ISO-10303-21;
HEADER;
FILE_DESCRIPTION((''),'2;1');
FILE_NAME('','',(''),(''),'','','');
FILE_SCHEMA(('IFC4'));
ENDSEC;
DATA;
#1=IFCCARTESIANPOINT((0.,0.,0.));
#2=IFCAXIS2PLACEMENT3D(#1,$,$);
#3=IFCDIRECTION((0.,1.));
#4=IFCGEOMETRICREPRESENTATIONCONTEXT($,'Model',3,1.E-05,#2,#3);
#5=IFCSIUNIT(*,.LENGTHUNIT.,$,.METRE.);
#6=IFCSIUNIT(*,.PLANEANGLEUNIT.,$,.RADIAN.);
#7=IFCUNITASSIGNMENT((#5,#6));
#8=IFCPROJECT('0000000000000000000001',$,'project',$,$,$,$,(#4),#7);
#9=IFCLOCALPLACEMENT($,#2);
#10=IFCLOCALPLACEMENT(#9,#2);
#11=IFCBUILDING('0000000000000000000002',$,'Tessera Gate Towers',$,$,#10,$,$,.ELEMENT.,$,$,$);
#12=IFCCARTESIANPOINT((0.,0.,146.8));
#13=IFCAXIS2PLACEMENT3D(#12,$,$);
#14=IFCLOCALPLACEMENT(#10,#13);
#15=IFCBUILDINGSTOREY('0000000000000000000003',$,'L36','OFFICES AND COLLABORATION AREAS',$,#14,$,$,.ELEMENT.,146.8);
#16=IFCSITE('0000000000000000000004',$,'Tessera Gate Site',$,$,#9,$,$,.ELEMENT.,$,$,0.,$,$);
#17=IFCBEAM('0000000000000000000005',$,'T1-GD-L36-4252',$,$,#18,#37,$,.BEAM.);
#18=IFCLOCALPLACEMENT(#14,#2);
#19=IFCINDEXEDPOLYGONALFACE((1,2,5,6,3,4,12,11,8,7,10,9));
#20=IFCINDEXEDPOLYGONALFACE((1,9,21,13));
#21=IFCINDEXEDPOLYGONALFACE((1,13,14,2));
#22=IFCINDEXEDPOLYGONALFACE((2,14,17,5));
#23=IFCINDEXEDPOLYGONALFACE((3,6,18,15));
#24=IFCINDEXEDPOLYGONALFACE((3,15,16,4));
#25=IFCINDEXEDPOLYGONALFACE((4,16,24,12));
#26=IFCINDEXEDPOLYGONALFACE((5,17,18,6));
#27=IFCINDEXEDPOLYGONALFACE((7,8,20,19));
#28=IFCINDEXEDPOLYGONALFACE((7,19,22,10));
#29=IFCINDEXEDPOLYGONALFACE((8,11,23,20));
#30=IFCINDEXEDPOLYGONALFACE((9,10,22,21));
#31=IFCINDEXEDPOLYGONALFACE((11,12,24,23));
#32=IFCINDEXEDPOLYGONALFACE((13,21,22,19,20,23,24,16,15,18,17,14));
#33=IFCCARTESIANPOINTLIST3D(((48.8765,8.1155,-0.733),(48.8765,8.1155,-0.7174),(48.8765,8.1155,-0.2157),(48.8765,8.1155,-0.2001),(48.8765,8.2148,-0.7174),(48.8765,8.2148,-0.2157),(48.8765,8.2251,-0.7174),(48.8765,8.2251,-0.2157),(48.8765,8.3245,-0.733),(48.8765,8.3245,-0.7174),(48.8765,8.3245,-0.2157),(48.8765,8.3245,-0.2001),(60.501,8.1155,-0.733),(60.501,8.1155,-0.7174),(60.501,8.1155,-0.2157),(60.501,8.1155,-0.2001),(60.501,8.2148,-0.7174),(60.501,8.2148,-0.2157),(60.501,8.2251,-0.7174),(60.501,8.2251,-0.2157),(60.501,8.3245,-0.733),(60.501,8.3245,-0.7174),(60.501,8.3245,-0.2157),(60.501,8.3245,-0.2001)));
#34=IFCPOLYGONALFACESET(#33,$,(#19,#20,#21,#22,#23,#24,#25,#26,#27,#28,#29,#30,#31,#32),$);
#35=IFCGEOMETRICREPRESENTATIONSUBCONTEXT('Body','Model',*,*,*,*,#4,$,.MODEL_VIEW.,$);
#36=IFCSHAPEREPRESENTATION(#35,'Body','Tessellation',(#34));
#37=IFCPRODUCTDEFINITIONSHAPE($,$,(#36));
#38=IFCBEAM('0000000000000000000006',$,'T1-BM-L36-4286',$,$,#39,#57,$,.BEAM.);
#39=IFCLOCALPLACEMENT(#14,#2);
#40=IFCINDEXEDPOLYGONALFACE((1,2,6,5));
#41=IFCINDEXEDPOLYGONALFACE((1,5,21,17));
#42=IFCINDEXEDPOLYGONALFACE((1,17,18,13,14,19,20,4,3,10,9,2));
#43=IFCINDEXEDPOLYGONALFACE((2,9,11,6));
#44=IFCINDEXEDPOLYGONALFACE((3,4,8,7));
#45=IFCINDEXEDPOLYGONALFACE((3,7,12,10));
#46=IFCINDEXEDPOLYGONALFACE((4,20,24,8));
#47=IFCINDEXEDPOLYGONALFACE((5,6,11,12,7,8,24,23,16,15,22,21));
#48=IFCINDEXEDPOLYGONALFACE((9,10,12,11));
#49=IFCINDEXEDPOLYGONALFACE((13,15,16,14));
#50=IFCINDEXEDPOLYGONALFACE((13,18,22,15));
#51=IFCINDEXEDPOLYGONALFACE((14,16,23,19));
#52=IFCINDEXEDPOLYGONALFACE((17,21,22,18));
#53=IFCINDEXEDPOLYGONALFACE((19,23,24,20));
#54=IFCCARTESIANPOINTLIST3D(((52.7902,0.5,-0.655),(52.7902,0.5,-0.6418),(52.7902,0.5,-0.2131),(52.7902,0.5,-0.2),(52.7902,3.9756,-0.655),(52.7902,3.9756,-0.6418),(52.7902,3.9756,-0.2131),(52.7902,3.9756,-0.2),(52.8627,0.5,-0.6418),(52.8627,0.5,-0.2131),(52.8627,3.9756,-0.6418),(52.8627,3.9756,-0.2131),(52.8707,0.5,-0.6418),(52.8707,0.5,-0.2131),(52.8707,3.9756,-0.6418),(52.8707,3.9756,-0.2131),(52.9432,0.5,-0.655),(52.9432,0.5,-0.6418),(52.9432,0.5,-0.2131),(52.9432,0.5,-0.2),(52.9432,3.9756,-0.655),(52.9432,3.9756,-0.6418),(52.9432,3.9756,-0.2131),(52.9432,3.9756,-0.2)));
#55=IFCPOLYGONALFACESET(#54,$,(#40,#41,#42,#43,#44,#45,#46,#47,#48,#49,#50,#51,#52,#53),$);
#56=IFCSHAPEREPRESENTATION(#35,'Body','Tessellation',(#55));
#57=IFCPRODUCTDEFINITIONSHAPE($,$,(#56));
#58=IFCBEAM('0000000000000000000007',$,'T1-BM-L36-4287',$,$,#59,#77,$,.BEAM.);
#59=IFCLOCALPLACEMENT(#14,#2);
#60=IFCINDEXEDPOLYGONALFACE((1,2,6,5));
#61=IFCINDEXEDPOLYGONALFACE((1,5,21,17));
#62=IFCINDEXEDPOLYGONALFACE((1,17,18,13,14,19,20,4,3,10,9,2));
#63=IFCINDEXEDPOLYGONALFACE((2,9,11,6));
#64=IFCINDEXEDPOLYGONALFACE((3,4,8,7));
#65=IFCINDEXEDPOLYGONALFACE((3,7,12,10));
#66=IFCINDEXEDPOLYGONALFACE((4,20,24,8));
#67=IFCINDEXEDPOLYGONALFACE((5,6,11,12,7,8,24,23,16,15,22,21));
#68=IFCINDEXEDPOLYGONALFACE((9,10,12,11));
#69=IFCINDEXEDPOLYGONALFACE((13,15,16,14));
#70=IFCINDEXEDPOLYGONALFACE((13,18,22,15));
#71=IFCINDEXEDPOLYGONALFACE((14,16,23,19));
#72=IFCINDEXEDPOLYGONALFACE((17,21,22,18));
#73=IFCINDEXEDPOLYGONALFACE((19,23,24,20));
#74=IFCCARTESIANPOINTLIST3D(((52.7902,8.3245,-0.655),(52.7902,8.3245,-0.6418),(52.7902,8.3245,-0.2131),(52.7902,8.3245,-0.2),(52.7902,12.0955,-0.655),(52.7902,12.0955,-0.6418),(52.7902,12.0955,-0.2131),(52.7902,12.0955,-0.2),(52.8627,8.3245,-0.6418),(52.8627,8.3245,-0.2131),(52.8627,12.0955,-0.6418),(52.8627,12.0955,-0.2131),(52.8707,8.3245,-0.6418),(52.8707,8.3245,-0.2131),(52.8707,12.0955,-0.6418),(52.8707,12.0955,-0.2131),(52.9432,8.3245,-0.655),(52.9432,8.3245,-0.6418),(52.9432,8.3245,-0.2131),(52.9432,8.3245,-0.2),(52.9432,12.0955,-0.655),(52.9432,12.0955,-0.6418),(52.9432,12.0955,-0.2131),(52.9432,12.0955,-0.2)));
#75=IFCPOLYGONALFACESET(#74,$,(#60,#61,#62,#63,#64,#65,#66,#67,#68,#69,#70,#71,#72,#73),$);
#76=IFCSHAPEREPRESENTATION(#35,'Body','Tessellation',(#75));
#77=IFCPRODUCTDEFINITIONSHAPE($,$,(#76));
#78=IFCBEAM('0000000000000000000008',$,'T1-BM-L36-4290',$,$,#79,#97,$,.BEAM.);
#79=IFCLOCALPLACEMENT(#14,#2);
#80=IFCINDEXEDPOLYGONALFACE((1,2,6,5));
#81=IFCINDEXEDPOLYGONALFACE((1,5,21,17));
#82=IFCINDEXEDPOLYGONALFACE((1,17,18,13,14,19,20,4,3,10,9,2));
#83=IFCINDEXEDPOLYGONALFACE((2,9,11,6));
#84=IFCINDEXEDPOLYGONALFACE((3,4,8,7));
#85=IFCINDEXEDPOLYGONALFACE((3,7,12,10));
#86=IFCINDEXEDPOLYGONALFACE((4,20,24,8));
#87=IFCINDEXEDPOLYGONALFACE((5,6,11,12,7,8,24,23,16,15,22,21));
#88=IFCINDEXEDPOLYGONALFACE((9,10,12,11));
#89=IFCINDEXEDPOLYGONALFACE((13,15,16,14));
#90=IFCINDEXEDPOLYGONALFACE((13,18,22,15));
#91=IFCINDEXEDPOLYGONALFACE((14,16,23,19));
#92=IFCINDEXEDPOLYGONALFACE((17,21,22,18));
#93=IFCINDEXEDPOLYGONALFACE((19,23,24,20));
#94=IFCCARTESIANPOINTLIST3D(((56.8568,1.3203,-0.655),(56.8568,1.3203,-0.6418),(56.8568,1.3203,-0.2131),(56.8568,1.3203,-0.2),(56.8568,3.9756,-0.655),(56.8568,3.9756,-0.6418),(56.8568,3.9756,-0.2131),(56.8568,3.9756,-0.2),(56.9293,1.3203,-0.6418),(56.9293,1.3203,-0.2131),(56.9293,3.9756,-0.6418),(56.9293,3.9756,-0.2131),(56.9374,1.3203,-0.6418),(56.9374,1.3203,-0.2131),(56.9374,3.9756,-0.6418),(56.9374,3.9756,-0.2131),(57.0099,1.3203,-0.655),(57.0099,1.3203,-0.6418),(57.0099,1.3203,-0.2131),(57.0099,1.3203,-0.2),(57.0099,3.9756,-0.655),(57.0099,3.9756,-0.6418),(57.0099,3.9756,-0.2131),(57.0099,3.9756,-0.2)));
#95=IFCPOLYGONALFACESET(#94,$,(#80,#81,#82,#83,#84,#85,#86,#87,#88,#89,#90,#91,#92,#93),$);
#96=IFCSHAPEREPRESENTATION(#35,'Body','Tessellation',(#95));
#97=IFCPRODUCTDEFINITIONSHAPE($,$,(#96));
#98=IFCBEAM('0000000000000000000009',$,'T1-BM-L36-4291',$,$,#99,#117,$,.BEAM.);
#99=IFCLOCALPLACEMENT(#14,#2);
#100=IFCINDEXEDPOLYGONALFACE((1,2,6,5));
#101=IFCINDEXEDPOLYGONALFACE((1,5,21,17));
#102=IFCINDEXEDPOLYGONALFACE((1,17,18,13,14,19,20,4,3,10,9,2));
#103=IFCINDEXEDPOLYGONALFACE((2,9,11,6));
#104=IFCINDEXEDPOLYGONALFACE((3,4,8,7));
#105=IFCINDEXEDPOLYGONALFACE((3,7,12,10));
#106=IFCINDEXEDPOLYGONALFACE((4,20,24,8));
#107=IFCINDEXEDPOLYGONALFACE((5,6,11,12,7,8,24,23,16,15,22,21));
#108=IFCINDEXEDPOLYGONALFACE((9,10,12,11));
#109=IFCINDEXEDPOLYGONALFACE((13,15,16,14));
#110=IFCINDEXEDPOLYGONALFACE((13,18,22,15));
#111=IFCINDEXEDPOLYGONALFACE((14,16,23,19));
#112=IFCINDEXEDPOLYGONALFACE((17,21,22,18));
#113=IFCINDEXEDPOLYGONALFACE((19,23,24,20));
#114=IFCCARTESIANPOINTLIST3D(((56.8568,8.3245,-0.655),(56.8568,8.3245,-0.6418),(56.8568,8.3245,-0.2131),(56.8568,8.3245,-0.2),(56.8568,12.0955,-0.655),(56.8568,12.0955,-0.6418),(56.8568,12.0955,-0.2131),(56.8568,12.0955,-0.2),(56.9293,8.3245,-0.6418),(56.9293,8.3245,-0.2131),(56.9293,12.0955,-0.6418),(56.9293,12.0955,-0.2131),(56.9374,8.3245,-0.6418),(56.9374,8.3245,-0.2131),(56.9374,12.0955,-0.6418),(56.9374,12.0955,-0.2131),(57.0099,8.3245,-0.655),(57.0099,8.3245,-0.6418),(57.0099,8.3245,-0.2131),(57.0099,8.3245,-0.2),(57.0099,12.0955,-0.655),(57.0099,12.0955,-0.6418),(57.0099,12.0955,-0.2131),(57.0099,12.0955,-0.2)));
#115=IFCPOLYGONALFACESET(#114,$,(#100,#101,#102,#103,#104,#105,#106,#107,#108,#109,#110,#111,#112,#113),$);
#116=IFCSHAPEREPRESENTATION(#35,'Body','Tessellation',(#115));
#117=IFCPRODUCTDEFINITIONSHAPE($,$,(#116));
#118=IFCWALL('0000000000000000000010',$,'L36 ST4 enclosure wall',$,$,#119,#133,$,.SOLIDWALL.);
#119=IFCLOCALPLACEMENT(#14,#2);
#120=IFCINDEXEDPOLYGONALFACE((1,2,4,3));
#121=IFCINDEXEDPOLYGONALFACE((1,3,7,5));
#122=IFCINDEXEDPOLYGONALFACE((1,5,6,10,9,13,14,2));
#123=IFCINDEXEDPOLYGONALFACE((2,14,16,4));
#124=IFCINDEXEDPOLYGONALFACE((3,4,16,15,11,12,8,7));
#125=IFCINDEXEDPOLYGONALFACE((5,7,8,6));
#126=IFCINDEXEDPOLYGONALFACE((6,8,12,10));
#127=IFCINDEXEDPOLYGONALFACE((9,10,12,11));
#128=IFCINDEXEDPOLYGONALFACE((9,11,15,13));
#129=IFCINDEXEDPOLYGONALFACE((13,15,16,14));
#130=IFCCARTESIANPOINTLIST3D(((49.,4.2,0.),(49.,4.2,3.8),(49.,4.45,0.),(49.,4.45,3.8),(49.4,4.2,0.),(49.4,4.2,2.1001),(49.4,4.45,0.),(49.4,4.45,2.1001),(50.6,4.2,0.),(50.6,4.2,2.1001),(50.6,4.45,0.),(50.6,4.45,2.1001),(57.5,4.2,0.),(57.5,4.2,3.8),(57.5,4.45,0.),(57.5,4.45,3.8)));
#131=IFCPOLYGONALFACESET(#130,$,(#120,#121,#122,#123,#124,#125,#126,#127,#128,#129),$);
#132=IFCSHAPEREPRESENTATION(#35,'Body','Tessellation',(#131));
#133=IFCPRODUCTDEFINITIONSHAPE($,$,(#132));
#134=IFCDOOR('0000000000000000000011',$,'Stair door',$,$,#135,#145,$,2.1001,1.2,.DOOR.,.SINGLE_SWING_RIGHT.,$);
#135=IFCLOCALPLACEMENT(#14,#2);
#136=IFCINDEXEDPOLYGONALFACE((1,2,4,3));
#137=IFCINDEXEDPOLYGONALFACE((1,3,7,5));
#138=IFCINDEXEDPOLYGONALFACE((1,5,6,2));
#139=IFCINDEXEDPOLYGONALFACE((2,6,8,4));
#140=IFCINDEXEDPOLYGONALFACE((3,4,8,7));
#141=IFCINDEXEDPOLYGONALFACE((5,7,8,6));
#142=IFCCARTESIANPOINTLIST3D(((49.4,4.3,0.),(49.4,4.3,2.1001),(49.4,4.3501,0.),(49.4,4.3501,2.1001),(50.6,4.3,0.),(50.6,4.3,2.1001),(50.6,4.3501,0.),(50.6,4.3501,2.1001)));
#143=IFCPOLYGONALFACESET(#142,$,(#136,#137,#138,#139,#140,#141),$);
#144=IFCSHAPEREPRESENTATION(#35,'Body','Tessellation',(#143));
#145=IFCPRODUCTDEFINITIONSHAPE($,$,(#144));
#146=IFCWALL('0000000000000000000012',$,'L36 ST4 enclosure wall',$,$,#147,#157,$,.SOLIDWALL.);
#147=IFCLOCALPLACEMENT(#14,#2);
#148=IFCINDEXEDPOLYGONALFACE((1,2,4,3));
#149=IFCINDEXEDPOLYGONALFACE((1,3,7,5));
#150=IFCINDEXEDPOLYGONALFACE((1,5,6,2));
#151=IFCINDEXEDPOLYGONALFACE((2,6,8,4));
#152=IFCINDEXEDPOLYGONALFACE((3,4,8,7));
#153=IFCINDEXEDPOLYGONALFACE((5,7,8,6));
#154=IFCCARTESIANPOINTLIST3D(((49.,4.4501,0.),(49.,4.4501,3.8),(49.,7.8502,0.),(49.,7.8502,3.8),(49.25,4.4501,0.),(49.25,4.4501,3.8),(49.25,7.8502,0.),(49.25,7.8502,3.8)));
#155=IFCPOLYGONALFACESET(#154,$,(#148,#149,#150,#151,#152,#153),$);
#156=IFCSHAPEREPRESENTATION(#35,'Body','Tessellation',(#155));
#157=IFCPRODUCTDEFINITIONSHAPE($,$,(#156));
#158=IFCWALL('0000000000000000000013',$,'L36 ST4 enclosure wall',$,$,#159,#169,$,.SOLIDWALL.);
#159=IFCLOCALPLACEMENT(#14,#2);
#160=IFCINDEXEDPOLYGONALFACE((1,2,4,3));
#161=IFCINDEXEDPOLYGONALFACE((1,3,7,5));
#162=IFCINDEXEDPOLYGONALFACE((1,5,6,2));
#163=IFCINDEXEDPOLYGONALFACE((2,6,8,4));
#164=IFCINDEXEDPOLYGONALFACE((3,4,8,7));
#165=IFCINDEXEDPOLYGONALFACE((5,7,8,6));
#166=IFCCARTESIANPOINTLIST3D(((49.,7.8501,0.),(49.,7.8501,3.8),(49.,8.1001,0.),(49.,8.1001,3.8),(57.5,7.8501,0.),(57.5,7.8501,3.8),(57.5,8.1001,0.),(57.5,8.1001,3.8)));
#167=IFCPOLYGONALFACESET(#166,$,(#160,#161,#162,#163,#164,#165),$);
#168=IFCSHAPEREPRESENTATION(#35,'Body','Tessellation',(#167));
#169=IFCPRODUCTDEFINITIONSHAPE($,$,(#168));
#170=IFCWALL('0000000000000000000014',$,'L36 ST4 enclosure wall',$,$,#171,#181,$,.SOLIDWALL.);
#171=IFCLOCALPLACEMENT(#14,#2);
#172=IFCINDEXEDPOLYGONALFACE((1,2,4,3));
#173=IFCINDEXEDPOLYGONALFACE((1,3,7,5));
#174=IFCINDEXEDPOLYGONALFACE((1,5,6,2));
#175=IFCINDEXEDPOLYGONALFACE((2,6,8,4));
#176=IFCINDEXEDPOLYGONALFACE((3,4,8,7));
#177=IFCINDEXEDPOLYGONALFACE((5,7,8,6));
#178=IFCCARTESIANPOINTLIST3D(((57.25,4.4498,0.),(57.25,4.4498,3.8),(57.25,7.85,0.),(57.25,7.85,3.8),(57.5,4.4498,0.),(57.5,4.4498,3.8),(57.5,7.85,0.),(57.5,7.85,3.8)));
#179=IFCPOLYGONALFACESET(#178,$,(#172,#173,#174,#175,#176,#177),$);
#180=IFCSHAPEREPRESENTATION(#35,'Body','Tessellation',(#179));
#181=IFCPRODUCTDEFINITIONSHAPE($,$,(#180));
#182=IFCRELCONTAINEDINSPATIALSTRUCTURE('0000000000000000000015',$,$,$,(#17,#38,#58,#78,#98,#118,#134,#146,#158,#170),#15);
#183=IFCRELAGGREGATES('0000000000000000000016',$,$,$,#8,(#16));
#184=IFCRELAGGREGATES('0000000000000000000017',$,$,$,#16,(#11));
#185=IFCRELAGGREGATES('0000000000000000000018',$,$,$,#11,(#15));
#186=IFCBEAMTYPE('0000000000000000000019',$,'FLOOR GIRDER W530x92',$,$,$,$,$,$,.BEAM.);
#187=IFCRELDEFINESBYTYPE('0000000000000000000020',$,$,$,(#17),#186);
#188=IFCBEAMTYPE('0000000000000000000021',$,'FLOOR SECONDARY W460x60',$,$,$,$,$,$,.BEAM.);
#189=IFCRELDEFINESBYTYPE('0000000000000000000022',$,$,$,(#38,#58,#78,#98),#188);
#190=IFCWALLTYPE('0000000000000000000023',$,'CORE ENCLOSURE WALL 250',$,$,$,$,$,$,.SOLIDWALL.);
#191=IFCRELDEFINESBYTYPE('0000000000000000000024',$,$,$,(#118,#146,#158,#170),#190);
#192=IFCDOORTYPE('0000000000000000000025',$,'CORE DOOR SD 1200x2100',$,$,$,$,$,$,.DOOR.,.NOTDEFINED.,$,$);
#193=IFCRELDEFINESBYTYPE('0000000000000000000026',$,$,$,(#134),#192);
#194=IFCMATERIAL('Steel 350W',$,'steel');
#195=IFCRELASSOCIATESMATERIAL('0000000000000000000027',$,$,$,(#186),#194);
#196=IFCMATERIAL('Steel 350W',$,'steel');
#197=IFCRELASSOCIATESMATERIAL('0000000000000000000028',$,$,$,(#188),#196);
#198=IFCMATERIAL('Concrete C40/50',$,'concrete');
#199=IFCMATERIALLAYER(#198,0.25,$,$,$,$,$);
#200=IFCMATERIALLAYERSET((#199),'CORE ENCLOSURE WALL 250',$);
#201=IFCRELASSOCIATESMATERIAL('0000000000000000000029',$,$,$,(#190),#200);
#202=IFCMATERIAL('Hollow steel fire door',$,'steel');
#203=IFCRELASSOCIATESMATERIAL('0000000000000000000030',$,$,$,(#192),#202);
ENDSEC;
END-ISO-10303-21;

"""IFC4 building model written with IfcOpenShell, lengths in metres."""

from ifc_helpers import new_model, si_unit, direction, frame, frame_2d, origin, origin_2d, place, context, subcontext, project, spatial, rectangle, i_section, extrude, source, transform, mapped, material, layer, layer_set, material_profile, profile_set, type_object, element, fill, save


model = new_model("IFC4")

# Units and contexts
model_context = context("Model", 3, precision=1e-05, world=origin(), true_north=direction((0.0, 1.0)))
body_context = subcontext(model_context, "Body", "Model", "MODEL_VIEW")
ifc_project = project(units=[si_unit("LENGTHUNIT", "METRE"), si_unit("PLANEANGLEUNIT", "RADIAN")], contexts=[model_context])

# Site, building, storey
site_placement = place(None, origin())
site = spatial("IfcSite", under=ifc_project, at=site_placement, Name="Tessera Gate Site", CompositionType="ELEMENT", RefElevation=0.0)
building_placement = place(site_placement, origin())
building = spatial("IfcBuilding", under=site, at=building_placement, Name="Tessera Gate Towers", CompositionType="ELEMENT")
storey_placement = place(building_placement, frame((0.0, 0.0, 146.8)))
storey = spatial("IfcBuildingStorey", under=building, at=storey_placement, Name="L36", Description="OFFICES AND COLLABORATION AREAS", CompositionType="ELEMENT", Elevation=146.8)

# Beams
ifc_material_1 = material(Name="Steel 350W", Category="steel")
ifc_material_profile_1 = material_profile(ifc_material_1, i_section(OverallWidth=0.209, OverallDepth=0.533, WebThickness=0.0103, FlangeThickness=0.0156, at=origin_2d()), Name="W530x92")
ifc_profile_set_1 = profile_set([ifc_material_profile_1], Name="Steel 350W")
beam_type_1 = type_object("IfcBeamType", Name="FLOOR GIRDER W530x92", PredefinedType="BEAM", material=ifc_profile_set_1)
beam_1_placement = place(storey_placement, frame((48.8765, 8.22, -0.4666), z_axis=(1.0, 0.0, 0.0), x_axis=(0.0, 1.0, 0.0)))
element("IfcBeam", 1, at=beam_1_placement, inside=storey, type_object=beam_type_1, Name="T1-GD-L36-4252", PredefinedType="BEAM", context=body_context, shape_type="SweptSolid", body=[
    extrude(i_section(OverallWidth=0.209, OverallDepth=0.533, WebThickness=0.0103, FlangeThickness=0.0156, at=origin_2d()), origin(), (0.0, 0.0, 1.0), 11.6245),
])
ifc_material_2 = material(Name="Steel 350W", Category="steel")
ifc_material_profile_2 = material_profile(ifc_material_2, i_section(OverallWidth=0.1531, OverallDepth=0.4551, WebThickness=0.0081, FlangeThickness=0.0132, at=origin_2d()), Name="W460x60")
ifc_profile_set_2 = profile_set([ifc_material_profile_2], Name="Steel 350W")
beam_type_2 = type_object("IfcBeamType", Name="FLOOR SECONDARY W460x60", PredefinedType="BEAM", material=ifc_profile_set_2)
beam_2_placement = place(storey_placement, frame((52.8667, 0.5, -0.4275), z_axis=(0.0, 1.0, 0.0), x_axis=(-1.0, 0.0, 0.0)))
element("IfcBeam", 2, at=beam_2_placement, inside=storey, type_object=beam_type_2, Name="T1-BM-L36-4286", PredefinedType="BEAM", context=body_context, shape_type="SweptSolid", body=[
    extrude(i_section(OverallWidth=0.1531, OverallDepth=0.4551, WebThickness=0.0081, FlangeThickness=0.0132, at=origin_2d()), origin(), (0.0, 0.0, 1.0), 3.4756),
])
beam_3_placement = place(storey_placement, frame((52.8667, 8.3245, -0.4275), z_axis=(0.0, 1.0, 0.0), x_axis=(-1.0, 0.0, 0.0)))
element("IfcBeam", 3, at=beam_3_placement, inside=storey, type_object=beam_type_2, Name="T1-BM-L36-4287", PredefinedType="BEAM", context=body_context, shape_type="SweptSolid", body=[
    extrude(i_section(OverallWidth=0.1531, OverallDepth=0.4551, WebThickness=0.0081, FlangeThickness=0.0132, at=origin_2d()), origin(), (0.0, 0.0, 1.0), 3.771),
])
beam_4_placement = place(storey_placement, frame((56.9333, 1.3203, -0.4275), z_axis=(0.0, 1.0, 0.0), x_axis=(-1.0, 0.0, 0.0)))
element("IfcBeam", 4, at=beam_4_placement, inside=storey, type_object=beam_type_2, Name="T1-BM-L36-4290", PredefinedType="BEAM", context=body_context, shape_type="SweptSolid", body=[
    extrude(i_section(OverallWidth=0.1531, OverallDepth=0.4551, WebThickness=0.0081, FlangeThickness=0.0132, at=origin_2d()), origin(), (0.0, 0.0, 1.0), 2.6553),
])
beam_5_placement = place(storey_placement, frame((56.9333, 8.3245, -0.4275), z_axis=(0.0, 1.0, 0.0), x_axis=(-1.0, 0.0, 0.0)))
element("IfcBeam", 5, at=beam_5_placement, inside=storey, type_object=beam_type_2, Name="T1-BM-L36-4291", PredefinedType="BEAM", context=body_context, shape_type="SweptSolid", body=[
    extrude(i_section(OverallWidth=0.1531, OverallDepth=0.4551, WebThickness=0.0081, FlangeThickness=0.0132, at=origin_2d()), origin(), (0.0, 0.0, 1.0), 3.771),
])

# Wall, opening, door
ifc_material_3 = material(Name="Concrete C40/50", Category="concrete")
ifc_layer_1 = layer(ifc_material_3, 0.25)
ifc_layer_set_1 = layer_set([ifc_layer_1], Name="CORE ENCLOSURE WALL 250")
wall_type_1 = type_object("IfcWallType", Name="CORE ENCLOSURE WALL 250", PredefinedType="SOLIDWALL", material=ifc_layer_set_1)
wall_1_placement = place(storey_placement, frame((57.5, 4.325, 0.0), z_axis=(0.0, 0.0, 1.0), x_axis=(-1.0, 0.0, 0.0)))
wall_1 = element("IfcWall", 6, at=wall_1_placement, inside=storey, type_object=wall_type_1, Name="L36 ST4 enclosure wall", PredefinedType="SOLIDWALL", context=body_context, shape_type="SweptSolid", body=[
    extrude(rectangle(XDim=8.5, YDim=0.25, at=frame_2d((4.25, 0.0))), origin(), (0.0, 0.0, 1.0), 3.8),
])
shared_shape_1 = source(origin(), body_context, "Body", "SweptSolid", [
    extrude(rectangle(XDim=1.2, YDim=2.1001, at=frame_2d((0.6001, 1.05))), frame((0.0, 0.135, 0.0), z_axis=(0.0, -1.0, 0.0), x_axis=(1.0, 0.0, 0.0)), (0.0, 0.0, 1.0), 0.27),
])
opening_1_placement = place(wall_1_placement, frame((6.8999, 0.0, 0.0)))
opening_1 = element("IfcOpeningElement", 7, at=opening_1_placement, cuts=wall_1, PredefinedType="OPENING", context=body_context, shape_type="MappedRepresentation", body=[
    mapped(shared_shape_1, transform((0.0, 0.0, 0.0), scale=1.0)),
])
ifc_material_4 = material(Name="Hollow steel fire door", Category="steel")
door_type = type_object("IfcDoorType", Name="CORE DOOR SD 1200x2100", OperationType="NOTDEFINED", PredefinedType="DOOR", material=ifc_material_4)
shared_shape_2 = source(origin(), body_context, "Body", "SweptSolid", [
    extrude(rectangle(XDim=1.2, YDim=2.1001, at=frame_2d((0.6001, 1.05))), frame((0.0, 0.0249, 0.0), z_axis=(0.0, -1.0, 0.0), x_axis=(1.0, 0.0, 0.0)), (0.0, 0.0, 1.0), 0.05),
])
door_placement = place(opening_1_placement, origin())
door = element("IfcDoor", 8, at=door_placement, inside=storey, type_object=door_type, Name="Stair door", OperationType="SINGLE_SWING_RIGHT", OverallHeight=2.1001, OverallWidth=1.2, PredefinedType="DOOR", context=body_context, shape_type="MappedRepresentation", body=[
    mapped(shared_shape_2, transform((0.0, 0.0, 0.0), scale=1.0)),
])
fill(opening_1, door)

# Walls
wall_2_placement = place(storey_placement, frame((49.125, 4.45, 0.0), z_axis=(0.0, 0.0, 1.0), x_axis=(0.0, 1.0, 0.0)))
element("IfcWall", 9, at=wall_2_placement, inside=storey, type_object=wall_type_1, Name="L36 ST4 enclosure wall", PredefinedType="SOLIDWALL", context=body_context, shape_type="SweptSolid", body=[
    extrude(rectangle(XDim=3.4001, YDim=0.25, at=frame_2d((1.7002, 0.0))), origin(), (0.0, 0.0, 1.0), 3.8),
])
wall_3_placement = place(storey_placement, frame((49.0, 7.9751, 0.0), z_axis=(0.0, 0.0, 1.0), x_axis=(1.0, 0.0, 0.0)))
element("IfcWall", 10, at=wall_3_placement, inside=storey, type_object=wall_type_1, Name="L36 ST4 enclosure wall", PredefinedType="SOLIDWALL", context=body_context, shape_type="SweptSolid", body=[
    extrude(rectangle(XDim=8.5, YDim=0.25, at=frame_2d((4.25, 0.0))), origin(), (0.0, 0.0, 1.0), 3.8),
])
wall_4_placement = place(storey_placement, frame((57.375, 7.8501, 0.0), z_axis=(0.0, 0.0, 1.0), x_axis=(0.0, -1.0, 0.0)))
element("IfcWall", 11, at=wall_4_placement, inside=storey, type_object=wall_type_1, Name="L36 ST4 enclosure wall", PredefinedType="SOLIDWALL", context=body_context, shape_type="SweptSolid", body=[
    extrude(rectangle(XDim=3.4001, YDim=0.25, at=frame_2d((1.7002, 0.0))), origin(), (0.0, 0.0, 1.0), 3.8),
])

save(model, "model.ifc")
